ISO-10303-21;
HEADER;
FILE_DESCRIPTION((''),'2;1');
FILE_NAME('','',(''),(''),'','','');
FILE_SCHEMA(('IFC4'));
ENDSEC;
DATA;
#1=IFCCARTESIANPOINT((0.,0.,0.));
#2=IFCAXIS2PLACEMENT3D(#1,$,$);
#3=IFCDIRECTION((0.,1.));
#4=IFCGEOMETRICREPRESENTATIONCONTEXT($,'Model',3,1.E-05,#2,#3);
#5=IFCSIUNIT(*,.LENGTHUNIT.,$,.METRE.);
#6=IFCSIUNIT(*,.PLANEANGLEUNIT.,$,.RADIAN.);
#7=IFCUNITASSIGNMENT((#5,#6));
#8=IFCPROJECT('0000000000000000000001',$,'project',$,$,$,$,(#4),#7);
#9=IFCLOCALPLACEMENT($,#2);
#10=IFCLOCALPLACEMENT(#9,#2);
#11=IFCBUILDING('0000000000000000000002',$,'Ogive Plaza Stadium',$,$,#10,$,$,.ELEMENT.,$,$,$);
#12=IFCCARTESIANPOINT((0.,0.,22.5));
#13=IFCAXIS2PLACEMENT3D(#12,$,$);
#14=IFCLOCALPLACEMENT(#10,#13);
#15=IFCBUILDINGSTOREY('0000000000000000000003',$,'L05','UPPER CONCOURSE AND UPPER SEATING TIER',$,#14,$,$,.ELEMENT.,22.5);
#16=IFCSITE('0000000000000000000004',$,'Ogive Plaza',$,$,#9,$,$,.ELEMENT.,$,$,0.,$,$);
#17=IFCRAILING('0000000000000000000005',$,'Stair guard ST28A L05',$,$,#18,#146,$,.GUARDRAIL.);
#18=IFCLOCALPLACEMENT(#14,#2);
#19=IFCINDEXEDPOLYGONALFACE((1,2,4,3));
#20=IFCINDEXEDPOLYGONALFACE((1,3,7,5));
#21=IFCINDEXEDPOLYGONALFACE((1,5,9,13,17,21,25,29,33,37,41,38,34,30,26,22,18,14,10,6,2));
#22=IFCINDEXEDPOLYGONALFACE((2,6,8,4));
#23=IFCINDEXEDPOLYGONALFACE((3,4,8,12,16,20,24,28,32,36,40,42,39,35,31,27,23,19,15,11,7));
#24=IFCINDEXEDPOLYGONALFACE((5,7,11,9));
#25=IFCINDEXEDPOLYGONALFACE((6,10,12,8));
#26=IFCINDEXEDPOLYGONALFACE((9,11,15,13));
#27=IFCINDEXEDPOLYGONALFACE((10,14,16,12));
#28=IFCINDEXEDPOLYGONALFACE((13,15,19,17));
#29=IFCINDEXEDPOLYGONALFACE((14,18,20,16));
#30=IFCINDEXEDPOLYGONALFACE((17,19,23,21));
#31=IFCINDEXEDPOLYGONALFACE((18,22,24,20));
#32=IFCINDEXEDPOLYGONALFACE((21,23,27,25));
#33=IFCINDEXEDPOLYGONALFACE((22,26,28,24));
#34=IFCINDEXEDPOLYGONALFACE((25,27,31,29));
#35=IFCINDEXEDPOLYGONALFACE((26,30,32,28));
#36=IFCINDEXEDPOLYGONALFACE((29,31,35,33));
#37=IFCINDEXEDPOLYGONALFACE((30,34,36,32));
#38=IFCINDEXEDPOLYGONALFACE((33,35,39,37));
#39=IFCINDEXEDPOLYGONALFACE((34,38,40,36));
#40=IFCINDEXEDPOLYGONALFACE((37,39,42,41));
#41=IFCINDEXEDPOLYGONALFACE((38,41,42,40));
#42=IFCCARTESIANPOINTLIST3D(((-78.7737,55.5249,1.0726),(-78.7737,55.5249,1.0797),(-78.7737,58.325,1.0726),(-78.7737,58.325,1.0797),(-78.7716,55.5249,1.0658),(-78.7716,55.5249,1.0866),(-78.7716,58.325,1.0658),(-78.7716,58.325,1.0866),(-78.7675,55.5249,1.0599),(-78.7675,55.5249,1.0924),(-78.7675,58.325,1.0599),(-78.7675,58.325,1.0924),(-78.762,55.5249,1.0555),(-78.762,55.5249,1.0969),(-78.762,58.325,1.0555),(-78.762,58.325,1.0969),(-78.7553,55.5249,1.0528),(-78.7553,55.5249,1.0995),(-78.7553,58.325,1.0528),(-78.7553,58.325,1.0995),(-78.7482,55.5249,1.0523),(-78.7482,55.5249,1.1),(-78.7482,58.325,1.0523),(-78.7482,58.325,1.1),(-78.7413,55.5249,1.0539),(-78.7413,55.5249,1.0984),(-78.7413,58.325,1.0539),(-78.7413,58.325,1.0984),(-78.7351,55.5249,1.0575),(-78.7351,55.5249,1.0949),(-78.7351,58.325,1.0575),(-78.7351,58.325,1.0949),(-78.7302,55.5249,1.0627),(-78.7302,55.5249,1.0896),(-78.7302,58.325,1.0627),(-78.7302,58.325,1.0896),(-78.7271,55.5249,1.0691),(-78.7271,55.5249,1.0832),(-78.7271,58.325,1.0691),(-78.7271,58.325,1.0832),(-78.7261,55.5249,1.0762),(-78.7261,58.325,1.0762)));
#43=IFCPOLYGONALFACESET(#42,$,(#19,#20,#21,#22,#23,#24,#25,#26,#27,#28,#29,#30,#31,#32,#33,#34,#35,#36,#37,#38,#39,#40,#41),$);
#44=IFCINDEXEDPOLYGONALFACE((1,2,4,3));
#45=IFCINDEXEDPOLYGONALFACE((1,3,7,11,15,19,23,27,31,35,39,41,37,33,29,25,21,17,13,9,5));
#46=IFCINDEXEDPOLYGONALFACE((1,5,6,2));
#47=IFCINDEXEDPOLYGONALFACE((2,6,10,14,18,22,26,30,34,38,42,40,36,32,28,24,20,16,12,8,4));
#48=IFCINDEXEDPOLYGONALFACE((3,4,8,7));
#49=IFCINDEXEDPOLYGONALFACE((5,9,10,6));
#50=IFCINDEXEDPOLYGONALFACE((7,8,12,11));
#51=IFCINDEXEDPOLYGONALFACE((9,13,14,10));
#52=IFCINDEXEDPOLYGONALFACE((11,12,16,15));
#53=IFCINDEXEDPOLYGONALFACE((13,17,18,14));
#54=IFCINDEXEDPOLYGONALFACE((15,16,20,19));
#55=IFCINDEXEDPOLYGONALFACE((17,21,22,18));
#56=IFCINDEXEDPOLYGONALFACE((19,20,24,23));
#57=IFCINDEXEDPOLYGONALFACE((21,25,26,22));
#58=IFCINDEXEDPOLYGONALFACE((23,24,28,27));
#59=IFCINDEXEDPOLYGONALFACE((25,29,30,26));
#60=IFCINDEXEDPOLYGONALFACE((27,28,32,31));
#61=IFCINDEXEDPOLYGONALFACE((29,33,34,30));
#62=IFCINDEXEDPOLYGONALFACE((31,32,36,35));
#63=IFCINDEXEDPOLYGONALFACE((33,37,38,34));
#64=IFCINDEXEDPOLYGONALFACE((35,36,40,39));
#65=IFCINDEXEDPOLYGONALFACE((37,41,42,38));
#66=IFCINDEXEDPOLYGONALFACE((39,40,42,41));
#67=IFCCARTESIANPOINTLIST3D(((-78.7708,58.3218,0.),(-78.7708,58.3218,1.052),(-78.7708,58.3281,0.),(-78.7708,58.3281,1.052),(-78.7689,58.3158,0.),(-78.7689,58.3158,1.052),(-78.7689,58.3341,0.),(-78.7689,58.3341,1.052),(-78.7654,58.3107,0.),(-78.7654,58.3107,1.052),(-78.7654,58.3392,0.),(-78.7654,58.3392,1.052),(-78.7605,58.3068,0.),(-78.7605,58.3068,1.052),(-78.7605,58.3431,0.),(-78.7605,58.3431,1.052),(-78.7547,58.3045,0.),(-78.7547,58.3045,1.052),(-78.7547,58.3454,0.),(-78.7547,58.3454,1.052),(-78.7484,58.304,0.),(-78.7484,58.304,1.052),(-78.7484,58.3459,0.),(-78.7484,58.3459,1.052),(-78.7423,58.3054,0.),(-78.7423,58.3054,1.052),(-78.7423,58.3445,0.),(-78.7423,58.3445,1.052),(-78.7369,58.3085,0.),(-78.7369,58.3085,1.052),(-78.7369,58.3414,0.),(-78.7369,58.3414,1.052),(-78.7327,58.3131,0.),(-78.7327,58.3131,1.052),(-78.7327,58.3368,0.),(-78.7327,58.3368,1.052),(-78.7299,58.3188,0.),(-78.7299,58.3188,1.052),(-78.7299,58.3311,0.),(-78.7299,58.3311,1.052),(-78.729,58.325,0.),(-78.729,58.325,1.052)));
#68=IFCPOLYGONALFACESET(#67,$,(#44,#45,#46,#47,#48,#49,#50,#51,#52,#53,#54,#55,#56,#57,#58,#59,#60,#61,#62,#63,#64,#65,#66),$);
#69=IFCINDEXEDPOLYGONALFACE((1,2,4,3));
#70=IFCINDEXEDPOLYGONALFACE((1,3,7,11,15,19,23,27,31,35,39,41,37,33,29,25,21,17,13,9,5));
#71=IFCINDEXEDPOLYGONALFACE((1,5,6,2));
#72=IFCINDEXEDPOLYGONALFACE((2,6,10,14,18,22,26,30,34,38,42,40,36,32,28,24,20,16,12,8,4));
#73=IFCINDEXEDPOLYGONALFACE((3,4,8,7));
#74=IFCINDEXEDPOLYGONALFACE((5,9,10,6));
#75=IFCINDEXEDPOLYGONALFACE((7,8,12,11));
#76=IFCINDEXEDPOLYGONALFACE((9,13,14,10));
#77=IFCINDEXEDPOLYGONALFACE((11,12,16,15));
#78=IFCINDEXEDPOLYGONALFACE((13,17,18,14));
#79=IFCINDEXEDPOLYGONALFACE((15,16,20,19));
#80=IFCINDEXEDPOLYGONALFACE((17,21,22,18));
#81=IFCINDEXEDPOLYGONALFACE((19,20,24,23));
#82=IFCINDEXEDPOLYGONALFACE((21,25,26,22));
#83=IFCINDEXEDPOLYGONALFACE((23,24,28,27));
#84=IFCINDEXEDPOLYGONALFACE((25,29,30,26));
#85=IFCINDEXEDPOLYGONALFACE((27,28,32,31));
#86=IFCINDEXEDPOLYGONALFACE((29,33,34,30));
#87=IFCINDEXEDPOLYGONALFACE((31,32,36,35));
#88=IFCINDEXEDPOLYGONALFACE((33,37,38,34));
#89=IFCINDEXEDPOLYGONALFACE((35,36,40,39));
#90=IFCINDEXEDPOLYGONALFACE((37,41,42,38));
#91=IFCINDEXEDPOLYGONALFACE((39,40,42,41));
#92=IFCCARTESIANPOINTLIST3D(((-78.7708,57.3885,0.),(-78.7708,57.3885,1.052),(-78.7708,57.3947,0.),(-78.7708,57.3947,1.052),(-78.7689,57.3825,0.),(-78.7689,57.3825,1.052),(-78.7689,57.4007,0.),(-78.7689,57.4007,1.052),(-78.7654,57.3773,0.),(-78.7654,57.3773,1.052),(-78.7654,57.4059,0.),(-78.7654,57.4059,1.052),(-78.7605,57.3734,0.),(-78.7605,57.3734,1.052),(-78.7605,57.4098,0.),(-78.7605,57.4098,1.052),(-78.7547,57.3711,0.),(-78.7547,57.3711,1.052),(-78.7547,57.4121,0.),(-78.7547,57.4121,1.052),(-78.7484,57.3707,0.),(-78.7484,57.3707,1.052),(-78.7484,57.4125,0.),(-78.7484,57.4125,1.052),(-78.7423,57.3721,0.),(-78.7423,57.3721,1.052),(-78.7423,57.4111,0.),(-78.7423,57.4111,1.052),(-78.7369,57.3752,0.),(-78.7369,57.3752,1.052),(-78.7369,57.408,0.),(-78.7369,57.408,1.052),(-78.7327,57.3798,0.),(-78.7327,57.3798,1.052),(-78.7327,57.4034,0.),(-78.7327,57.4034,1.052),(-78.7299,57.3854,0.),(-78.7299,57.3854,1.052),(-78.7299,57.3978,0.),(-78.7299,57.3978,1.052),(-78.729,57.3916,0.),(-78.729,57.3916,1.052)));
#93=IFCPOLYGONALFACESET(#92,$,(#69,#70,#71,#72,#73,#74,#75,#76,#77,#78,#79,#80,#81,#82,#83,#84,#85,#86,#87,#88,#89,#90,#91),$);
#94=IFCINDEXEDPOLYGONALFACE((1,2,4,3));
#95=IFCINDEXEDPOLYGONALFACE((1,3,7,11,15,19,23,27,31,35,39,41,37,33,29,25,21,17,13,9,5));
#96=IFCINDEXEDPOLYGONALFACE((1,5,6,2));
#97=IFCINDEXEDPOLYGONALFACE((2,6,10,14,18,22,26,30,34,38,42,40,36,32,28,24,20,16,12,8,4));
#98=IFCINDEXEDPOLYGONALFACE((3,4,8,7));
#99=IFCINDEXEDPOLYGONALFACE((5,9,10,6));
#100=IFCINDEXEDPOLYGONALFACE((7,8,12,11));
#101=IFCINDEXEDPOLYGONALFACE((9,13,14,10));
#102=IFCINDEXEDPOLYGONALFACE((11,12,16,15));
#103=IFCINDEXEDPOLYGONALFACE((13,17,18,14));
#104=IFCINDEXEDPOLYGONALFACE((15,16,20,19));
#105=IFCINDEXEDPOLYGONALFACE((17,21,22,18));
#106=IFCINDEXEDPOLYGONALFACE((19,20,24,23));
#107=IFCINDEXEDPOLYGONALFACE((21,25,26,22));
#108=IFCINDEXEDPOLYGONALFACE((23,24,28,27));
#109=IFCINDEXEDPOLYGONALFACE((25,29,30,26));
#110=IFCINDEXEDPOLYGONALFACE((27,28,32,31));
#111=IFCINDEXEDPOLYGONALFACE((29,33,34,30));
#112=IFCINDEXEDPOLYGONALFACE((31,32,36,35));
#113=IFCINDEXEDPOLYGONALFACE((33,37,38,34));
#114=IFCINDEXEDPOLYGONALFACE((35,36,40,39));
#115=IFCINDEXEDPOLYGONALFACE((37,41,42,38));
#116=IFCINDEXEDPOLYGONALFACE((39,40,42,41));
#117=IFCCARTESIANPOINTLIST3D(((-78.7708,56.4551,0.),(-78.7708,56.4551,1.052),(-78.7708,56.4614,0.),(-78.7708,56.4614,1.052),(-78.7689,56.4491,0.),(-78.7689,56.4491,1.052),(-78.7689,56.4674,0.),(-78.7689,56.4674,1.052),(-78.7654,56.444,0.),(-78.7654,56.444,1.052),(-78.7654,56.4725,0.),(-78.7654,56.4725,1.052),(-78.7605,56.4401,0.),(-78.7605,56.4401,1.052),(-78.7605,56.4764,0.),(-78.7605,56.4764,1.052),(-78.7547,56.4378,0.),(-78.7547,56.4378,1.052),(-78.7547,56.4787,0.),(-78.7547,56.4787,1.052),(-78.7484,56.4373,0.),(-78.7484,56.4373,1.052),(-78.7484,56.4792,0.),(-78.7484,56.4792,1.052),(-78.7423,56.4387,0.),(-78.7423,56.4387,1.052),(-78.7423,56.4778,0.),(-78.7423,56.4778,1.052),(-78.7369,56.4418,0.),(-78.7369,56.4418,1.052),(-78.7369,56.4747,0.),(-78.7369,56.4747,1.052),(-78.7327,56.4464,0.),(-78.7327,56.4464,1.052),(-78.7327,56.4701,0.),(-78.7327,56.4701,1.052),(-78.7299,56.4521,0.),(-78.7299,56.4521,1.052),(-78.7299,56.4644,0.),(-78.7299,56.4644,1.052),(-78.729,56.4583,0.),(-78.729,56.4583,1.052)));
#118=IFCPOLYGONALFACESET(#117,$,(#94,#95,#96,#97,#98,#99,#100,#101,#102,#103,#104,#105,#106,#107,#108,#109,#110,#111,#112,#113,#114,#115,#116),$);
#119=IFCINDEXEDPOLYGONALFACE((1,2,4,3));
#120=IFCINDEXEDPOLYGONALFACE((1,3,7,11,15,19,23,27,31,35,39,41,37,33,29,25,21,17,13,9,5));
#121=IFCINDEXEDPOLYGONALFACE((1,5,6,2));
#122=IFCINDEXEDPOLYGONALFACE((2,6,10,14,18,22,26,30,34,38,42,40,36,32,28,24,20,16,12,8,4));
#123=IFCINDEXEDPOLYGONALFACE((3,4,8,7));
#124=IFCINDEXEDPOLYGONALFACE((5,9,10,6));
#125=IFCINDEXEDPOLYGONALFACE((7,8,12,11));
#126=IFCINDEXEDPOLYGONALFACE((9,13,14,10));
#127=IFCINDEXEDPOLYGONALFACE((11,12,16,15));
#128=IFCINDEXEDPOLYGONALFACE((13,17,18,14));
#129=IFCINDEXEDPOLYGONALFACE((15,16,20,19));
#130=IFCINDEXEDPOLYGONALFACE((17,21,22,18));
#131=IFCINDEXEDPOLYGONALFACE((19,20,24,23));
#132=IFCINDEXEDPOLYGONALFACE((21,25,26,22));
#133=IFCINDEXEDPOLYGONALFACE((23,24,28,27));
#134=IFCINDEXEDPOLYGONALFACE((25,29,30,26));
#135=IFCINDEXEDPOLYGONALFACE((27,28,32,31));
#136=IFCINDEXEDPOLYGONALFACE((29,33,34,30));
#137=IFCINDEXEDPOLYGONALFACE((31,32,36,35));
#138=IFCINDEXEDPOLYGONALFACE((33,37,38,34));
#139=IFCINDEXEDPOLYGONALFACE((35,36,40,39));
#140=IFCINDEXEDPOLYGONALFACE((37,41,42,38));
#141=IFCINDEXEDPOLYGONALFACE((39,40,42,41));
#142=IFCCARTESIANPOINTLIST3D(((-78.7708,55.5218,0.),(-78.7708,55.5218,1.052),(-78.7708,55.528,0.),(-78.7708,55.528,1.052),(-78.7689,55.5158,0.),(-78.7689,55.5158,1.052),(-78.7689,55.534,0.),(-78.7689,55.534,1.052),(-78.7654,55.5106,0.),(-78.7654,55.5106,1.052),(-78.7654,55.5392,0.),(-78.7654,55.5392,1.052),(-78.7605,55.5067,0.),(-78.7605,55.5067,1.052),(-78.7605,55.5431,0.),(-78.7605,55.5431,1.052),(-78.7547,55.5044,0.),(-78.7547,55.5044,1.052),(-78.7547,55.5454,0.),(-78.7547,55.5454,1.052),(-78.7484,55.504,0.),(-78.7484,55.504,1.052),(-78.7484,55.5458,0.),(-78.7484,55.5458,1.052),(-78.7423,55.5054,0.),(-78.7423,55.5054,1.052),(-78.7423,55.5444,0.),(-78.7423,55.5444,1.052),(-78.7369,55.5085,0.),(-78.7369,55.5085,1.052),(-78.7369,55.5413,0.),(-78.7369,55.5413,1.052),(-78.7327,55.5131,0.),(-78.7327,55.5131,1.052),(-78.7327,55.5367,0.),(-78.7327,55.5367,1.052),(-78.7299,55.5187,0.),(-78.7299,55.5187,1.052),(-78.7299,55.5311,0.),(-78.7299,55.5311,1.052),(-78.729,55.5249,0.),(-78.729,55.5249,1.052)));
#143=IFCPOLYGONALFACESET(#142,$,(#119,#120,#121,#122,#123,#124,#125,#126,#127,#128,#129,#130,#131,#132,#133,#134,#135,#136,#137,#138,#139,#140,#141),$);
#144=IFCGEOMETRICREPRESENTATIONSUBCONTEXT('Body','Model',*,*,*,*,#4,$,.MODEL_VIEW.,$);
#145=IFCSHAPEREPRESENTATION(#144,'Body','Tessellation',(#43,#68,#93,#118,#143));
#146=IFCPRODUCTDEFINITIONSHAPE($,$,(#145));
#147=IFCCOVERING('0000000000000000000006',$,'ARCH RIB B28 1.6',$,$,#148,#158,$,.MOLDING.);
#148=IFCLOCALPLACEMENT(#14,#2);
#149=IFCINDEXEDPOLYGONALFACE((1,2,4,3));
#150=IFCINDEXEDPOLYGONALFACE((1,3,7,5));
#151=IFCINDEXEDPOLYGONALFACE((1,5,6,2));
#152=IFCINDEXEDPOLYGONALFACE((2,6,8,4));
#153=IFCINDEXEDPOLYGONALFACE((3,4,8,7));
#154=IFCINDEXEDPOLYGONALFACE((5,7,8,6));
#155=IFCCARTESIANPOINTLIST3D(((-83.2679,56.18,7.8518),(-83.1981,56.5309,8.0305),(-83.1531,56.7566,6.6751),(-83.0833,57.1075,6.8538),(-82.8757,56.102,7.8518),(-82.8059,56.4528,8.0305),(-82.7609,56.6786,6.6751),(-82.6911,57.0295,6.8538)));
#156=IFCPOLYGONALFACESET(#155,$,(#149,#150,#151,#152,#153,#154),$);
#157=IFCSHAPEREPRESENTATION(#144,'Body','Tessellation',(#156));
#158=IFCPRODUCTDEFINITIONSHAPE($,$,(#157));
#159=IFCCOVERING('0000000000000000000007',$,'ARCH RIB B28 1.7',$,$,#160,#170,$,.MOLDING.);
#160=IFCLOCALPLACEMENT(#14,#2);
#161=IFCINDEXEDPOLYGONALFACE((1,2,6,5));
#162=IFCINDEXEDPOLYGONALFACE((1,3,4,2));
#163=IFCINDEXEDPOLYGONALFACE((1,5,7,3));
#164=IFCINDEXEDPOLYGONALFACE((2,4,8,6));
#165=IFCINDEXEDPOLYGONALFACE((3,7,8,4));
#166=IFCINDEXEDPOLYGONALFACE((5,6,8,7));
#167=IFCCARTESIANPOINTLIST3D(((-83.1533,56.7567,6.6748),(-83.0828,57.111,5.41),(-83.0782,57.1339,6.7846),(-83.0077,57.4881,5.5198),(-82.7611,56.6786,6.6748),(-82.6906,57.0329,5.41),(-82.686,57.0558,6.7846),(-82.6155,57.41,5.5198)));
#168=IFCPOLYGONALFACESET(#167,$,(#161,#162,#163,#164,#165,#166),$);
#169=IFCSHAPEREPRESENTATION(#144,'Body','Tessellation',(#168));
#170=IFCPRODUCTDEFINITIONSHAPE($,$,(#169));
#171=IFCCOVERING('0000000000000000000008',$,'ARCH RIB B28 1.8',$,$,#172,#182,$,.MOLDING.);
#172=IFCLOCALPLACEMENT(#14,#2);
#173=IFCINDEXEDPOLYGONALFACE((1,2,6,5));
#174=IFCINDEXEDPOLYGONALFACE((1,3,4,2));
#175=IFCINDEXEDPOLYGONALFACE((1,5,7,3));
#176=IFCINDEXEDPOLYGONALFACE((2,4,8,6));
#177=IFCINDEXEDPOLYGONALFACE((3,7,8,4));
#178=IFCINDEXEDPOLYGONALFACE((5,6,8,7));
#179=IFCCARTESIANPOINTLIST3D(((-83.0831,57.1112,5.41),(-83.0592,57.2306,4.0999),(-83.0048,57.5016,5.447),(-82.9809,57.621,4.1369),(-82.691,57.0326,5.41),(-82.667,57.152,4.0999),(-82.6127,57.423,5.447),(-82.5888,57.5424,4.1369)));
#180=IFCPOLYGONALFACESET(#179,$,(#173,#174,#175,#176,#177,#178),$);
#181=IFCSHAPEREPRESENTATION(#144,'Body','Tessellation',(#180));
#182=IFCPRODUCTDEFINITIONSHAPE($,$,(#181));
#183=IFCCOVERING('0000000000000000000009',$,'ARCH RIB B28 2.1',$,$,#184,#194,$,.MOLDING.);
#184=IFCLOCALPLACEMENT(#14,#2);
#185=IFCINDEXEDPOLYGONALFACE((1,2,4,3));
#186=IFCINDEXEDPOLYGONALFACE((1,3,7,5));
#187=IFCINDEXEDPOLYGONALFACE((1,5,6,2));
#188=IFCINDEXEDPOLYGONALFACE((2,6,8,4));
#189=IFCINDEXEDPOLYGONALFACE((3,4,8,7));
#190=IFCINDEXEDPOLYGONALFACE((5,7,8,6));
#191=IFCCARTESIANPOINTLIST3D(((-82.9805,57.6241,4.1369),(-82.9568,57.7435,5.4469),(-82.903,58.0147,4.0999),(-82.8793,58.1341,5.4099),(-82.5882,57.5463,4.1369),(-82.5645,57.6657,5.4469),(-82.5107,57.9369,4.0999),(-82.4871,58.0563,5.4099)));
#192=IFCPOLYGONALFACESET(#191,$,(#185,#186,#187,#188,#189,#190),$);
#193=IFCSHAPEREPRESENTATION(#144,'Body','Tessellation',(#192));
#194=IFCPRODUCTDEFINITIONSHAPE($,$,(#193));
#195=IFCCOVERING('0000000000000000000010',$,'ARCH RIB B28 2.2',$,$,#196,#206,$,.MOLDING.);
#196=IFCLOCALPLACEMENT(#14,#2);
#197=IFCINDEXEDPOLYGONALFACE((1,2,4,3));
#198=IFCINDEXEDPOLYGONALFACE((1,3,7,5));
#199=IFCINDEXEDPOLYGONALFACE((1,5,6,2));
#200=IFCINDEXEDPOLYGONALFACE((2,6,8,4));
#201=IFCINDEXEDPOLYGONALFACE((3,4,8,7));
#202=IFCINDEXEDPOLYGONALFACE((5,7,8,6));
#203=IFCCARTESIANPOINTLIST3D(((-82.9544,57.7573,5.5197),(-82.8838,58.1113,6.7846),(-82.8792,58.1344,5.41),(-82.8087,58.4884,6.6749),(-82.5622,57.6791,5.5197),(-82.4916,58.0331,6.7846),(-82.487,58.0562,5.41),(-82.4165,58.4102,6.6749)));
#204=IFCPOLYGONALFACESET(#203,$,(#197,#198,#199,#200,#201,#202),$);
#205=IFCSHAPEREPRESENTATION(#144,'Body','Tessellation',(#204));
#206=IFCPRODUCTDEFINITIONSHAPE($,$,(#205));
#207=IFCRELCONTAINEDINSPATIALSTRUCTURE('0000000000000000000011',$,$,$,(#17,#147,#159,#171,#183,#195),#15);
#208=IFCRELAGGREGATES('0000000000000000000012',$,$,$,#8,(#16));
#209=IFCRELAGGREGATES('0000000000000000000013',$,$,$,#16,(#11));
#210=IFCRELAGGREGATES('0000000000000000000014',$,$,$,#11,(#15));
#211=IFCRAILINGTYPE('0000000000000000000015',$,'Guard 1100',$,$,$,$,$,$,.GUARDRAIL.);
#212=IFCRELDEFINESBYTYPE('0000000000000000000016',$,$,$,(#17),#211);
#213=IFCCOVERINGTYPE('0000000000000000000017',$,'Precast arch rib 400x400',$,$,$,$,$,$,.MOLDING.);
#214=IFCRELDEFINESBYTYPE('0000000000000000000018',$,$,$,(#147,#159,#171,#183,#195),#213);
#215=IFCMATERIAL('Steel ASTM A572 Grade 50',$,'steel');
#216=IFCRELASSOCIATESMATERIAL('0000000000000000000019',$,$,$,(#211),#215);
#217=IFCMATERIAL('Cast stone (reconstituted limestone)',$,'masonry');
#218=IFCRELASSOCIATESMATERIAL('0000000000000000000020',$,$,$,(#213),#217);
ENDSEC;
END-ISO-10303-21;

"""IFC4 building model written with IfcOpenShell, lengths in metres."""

from ifc_helpers import new_model, si_unit, direction, frame, origin, origin_2d, place, context, subcontext, project, spatial, rectangle, circle, extrude, material, material_profile, profile_set, type_object, element, save


model = new_model("IFC4")

# Units and contexts
model_context = context("Model", 3, precision=1e-05, world=origin(), true_north=direction((0.0, 1.0)))
body_context = subcontext(model_context, "Body", "Model", "MODEL_VIEW")
ifc_project = project(units=[si_unit("LENGTHUNIT", "METRE"), si_unit("PLANEANGLEUNIT", "RADIAN")], contexts=[model_context])

# Site, building, storey
site_placement = place(None, origin())
site = spatial("IfcSite", under=ifc_project, at=site_placement, Name="Ogive Plaza", CompositionType="ELEMENT", RefElevation=0.0)
building_placement = place(site_placement, origin())
building = spatial("IfcBuilding", under=site, at=building_placement, Name="Ogive Plaza Stadium", CompositionType="ELEMENT")
storey_placement = place(building_placement, frame((0.0, 0.0, 22.5)))
storey = spatial("IfcBuildingStorey", under=building, at=storey_placement, Name="L05", Description="UPPER CONCOURSE AND UPPER SEATING TIER", CompositionType="ELEMENT", Elevation=22.5)

# Railing
ifc_material_1 = material(Name="Steel ASTM A572 Grade 50", Category="steel")
railing_type = type_object("IfcRailingType", Name="Guard 1100", PredefinedType="GUARDRAIL", material=ifc_material_1)
railing_placement = place(storey_placement, frame((-78.75, 58.325, 0.0)))
element("IfcRailing", 1, at=railing_placement, inside=storey, type_object=railing_type, Name="Stair guard ST28A L05", PredefinedType="GUARDRAIL", context=body_context, shape_type="SweptSolid", body=[
    extrude(circle(Radius=0.0239, at=origin_2d()), frame((0.0, 0.0, 1.0762), z_axis=(0.0, -1.0, 0.0), x_axis=(1.0, 0.0, 0.0)), (0.0, 0.0, 1.0), 2.8),
    extrude(circle(Radius=0.021, at=origin_2d()), origin(), (0.0, 0.0, 1.0), 1.052),
    extrude(circle(Radius=0.021, at=origin_2d()), frame((0.0, -0.9333, 0.0)), (0.0, 0.0, 1.0), 1.052),
    extrude(circle(Radius=0.021, at=origin_2d()), frame((0.0, -1.8667, 0.0)), (0.0, 0.0, 1.0), 1.052),
    extrude(circle(Radius=0.021, at=origin_2d()), frame((0.0, -2.8, 0.0)), (0.0, 0.0, 1.0), 1.052),
])

# Coverings
ifc_material_2 = material(Name="Cast stone (reconstituted limestone)", Category="masonry")
ifc_material_profile_1 = material_profile(ifc_material_2, rectangle(XDim=0.3999, YDim=0.3999, at=origin_2d()), Name="Cast stone 400x400")
ifc_profile_set_1 = profile_set([ifc_material_profile_1], Name="Cast stone (reconstituted limestone)")
covering_type_1 = type_object("IfcCoveringType", Name="Precast arch rib 400x400", PredefinedType="MOLDING", material=ifc_profile_set_1)
for number, where, z_axis, x_axis, name in (
    (2, (-83.0369, 56.3164, 7.9412), (0.087228, 0.438368, -0.894553), (-0.980772, 0.195158, 0.0), "ARCH RIB B28 1.6"),
    (3, (-82.9197, 56.9062, 6.7297), (0.053637, 0.269297, -0.961562), (-0.980736, 0.195336, 0.0), "ARCH RIB B28 1.7"),
):
    element("IfcCovering", number, at=place(storey_placement, frame(where, z_axis=z_axis, x_axis=x_axis)), inside=storey, type_object=covering_type_1, Name=name, PredefinedType="MOLDING", context=body_context, shape_type="SweptSolid", body=[
        extrude(rectangle(XDim=0.3999, YDim=0.3999, at=origin_2d()), origin(), (0.0, 0.0, 1.0), 1.3154),
    ])
for number, where, z_axis, x_axis, name in (
    (4, (-82.8479, 57.2671, 5.4285), (0.018185, 0.090738, -0.995709), (-0.980503, 0.196502, 0.0), "ARCH RIB B28 1.8"),
    (5, (-82.7456, 57.7805, 4.1184), (0.017999, 0.090739, 0.995712), (-0.980888, 0.194573, 0.0), "ARCH RIB B28 2.1"),
):
    element("IfcCovering", number, at=place(storey_placement, frame(where, z_axis=z_axis, x_axis=x_axis)), inside=storey, type_object=covering_type_1, Name=name, PredefinedType="MOLDING", context=body_context, shape_type="SweptSolid", body=[
        extrude(rectangle(XDim=0.3999, YDim=0.3999, at=origin_2d()), origin(), (0.0, 0.0, 1.0), 1.3157),
    ])
covering_1_placement = place(storey_placement, frame((-82.7207, 57.9067, 5.4648), z_axis=(0.053639, 0.269125, 0.96161), x_axis=(-0.980711, 0.195466, 0.0)))
element("IfcCovering", 6, at=covering_1_placement, inside=storey, type_object=covering_type_1, Name="ARCH RIB B28 2.2", PredefinedType="MOLDING", context=body_context, shape_type="SweptSolid", body=[
    extrude(rectangle(XDim=0.3999, YDim=0.3999, at=origin_2d()), origin(), (0.0, 0.0, 1.0), 1.3154),
])

save(model, "model.ifc")
